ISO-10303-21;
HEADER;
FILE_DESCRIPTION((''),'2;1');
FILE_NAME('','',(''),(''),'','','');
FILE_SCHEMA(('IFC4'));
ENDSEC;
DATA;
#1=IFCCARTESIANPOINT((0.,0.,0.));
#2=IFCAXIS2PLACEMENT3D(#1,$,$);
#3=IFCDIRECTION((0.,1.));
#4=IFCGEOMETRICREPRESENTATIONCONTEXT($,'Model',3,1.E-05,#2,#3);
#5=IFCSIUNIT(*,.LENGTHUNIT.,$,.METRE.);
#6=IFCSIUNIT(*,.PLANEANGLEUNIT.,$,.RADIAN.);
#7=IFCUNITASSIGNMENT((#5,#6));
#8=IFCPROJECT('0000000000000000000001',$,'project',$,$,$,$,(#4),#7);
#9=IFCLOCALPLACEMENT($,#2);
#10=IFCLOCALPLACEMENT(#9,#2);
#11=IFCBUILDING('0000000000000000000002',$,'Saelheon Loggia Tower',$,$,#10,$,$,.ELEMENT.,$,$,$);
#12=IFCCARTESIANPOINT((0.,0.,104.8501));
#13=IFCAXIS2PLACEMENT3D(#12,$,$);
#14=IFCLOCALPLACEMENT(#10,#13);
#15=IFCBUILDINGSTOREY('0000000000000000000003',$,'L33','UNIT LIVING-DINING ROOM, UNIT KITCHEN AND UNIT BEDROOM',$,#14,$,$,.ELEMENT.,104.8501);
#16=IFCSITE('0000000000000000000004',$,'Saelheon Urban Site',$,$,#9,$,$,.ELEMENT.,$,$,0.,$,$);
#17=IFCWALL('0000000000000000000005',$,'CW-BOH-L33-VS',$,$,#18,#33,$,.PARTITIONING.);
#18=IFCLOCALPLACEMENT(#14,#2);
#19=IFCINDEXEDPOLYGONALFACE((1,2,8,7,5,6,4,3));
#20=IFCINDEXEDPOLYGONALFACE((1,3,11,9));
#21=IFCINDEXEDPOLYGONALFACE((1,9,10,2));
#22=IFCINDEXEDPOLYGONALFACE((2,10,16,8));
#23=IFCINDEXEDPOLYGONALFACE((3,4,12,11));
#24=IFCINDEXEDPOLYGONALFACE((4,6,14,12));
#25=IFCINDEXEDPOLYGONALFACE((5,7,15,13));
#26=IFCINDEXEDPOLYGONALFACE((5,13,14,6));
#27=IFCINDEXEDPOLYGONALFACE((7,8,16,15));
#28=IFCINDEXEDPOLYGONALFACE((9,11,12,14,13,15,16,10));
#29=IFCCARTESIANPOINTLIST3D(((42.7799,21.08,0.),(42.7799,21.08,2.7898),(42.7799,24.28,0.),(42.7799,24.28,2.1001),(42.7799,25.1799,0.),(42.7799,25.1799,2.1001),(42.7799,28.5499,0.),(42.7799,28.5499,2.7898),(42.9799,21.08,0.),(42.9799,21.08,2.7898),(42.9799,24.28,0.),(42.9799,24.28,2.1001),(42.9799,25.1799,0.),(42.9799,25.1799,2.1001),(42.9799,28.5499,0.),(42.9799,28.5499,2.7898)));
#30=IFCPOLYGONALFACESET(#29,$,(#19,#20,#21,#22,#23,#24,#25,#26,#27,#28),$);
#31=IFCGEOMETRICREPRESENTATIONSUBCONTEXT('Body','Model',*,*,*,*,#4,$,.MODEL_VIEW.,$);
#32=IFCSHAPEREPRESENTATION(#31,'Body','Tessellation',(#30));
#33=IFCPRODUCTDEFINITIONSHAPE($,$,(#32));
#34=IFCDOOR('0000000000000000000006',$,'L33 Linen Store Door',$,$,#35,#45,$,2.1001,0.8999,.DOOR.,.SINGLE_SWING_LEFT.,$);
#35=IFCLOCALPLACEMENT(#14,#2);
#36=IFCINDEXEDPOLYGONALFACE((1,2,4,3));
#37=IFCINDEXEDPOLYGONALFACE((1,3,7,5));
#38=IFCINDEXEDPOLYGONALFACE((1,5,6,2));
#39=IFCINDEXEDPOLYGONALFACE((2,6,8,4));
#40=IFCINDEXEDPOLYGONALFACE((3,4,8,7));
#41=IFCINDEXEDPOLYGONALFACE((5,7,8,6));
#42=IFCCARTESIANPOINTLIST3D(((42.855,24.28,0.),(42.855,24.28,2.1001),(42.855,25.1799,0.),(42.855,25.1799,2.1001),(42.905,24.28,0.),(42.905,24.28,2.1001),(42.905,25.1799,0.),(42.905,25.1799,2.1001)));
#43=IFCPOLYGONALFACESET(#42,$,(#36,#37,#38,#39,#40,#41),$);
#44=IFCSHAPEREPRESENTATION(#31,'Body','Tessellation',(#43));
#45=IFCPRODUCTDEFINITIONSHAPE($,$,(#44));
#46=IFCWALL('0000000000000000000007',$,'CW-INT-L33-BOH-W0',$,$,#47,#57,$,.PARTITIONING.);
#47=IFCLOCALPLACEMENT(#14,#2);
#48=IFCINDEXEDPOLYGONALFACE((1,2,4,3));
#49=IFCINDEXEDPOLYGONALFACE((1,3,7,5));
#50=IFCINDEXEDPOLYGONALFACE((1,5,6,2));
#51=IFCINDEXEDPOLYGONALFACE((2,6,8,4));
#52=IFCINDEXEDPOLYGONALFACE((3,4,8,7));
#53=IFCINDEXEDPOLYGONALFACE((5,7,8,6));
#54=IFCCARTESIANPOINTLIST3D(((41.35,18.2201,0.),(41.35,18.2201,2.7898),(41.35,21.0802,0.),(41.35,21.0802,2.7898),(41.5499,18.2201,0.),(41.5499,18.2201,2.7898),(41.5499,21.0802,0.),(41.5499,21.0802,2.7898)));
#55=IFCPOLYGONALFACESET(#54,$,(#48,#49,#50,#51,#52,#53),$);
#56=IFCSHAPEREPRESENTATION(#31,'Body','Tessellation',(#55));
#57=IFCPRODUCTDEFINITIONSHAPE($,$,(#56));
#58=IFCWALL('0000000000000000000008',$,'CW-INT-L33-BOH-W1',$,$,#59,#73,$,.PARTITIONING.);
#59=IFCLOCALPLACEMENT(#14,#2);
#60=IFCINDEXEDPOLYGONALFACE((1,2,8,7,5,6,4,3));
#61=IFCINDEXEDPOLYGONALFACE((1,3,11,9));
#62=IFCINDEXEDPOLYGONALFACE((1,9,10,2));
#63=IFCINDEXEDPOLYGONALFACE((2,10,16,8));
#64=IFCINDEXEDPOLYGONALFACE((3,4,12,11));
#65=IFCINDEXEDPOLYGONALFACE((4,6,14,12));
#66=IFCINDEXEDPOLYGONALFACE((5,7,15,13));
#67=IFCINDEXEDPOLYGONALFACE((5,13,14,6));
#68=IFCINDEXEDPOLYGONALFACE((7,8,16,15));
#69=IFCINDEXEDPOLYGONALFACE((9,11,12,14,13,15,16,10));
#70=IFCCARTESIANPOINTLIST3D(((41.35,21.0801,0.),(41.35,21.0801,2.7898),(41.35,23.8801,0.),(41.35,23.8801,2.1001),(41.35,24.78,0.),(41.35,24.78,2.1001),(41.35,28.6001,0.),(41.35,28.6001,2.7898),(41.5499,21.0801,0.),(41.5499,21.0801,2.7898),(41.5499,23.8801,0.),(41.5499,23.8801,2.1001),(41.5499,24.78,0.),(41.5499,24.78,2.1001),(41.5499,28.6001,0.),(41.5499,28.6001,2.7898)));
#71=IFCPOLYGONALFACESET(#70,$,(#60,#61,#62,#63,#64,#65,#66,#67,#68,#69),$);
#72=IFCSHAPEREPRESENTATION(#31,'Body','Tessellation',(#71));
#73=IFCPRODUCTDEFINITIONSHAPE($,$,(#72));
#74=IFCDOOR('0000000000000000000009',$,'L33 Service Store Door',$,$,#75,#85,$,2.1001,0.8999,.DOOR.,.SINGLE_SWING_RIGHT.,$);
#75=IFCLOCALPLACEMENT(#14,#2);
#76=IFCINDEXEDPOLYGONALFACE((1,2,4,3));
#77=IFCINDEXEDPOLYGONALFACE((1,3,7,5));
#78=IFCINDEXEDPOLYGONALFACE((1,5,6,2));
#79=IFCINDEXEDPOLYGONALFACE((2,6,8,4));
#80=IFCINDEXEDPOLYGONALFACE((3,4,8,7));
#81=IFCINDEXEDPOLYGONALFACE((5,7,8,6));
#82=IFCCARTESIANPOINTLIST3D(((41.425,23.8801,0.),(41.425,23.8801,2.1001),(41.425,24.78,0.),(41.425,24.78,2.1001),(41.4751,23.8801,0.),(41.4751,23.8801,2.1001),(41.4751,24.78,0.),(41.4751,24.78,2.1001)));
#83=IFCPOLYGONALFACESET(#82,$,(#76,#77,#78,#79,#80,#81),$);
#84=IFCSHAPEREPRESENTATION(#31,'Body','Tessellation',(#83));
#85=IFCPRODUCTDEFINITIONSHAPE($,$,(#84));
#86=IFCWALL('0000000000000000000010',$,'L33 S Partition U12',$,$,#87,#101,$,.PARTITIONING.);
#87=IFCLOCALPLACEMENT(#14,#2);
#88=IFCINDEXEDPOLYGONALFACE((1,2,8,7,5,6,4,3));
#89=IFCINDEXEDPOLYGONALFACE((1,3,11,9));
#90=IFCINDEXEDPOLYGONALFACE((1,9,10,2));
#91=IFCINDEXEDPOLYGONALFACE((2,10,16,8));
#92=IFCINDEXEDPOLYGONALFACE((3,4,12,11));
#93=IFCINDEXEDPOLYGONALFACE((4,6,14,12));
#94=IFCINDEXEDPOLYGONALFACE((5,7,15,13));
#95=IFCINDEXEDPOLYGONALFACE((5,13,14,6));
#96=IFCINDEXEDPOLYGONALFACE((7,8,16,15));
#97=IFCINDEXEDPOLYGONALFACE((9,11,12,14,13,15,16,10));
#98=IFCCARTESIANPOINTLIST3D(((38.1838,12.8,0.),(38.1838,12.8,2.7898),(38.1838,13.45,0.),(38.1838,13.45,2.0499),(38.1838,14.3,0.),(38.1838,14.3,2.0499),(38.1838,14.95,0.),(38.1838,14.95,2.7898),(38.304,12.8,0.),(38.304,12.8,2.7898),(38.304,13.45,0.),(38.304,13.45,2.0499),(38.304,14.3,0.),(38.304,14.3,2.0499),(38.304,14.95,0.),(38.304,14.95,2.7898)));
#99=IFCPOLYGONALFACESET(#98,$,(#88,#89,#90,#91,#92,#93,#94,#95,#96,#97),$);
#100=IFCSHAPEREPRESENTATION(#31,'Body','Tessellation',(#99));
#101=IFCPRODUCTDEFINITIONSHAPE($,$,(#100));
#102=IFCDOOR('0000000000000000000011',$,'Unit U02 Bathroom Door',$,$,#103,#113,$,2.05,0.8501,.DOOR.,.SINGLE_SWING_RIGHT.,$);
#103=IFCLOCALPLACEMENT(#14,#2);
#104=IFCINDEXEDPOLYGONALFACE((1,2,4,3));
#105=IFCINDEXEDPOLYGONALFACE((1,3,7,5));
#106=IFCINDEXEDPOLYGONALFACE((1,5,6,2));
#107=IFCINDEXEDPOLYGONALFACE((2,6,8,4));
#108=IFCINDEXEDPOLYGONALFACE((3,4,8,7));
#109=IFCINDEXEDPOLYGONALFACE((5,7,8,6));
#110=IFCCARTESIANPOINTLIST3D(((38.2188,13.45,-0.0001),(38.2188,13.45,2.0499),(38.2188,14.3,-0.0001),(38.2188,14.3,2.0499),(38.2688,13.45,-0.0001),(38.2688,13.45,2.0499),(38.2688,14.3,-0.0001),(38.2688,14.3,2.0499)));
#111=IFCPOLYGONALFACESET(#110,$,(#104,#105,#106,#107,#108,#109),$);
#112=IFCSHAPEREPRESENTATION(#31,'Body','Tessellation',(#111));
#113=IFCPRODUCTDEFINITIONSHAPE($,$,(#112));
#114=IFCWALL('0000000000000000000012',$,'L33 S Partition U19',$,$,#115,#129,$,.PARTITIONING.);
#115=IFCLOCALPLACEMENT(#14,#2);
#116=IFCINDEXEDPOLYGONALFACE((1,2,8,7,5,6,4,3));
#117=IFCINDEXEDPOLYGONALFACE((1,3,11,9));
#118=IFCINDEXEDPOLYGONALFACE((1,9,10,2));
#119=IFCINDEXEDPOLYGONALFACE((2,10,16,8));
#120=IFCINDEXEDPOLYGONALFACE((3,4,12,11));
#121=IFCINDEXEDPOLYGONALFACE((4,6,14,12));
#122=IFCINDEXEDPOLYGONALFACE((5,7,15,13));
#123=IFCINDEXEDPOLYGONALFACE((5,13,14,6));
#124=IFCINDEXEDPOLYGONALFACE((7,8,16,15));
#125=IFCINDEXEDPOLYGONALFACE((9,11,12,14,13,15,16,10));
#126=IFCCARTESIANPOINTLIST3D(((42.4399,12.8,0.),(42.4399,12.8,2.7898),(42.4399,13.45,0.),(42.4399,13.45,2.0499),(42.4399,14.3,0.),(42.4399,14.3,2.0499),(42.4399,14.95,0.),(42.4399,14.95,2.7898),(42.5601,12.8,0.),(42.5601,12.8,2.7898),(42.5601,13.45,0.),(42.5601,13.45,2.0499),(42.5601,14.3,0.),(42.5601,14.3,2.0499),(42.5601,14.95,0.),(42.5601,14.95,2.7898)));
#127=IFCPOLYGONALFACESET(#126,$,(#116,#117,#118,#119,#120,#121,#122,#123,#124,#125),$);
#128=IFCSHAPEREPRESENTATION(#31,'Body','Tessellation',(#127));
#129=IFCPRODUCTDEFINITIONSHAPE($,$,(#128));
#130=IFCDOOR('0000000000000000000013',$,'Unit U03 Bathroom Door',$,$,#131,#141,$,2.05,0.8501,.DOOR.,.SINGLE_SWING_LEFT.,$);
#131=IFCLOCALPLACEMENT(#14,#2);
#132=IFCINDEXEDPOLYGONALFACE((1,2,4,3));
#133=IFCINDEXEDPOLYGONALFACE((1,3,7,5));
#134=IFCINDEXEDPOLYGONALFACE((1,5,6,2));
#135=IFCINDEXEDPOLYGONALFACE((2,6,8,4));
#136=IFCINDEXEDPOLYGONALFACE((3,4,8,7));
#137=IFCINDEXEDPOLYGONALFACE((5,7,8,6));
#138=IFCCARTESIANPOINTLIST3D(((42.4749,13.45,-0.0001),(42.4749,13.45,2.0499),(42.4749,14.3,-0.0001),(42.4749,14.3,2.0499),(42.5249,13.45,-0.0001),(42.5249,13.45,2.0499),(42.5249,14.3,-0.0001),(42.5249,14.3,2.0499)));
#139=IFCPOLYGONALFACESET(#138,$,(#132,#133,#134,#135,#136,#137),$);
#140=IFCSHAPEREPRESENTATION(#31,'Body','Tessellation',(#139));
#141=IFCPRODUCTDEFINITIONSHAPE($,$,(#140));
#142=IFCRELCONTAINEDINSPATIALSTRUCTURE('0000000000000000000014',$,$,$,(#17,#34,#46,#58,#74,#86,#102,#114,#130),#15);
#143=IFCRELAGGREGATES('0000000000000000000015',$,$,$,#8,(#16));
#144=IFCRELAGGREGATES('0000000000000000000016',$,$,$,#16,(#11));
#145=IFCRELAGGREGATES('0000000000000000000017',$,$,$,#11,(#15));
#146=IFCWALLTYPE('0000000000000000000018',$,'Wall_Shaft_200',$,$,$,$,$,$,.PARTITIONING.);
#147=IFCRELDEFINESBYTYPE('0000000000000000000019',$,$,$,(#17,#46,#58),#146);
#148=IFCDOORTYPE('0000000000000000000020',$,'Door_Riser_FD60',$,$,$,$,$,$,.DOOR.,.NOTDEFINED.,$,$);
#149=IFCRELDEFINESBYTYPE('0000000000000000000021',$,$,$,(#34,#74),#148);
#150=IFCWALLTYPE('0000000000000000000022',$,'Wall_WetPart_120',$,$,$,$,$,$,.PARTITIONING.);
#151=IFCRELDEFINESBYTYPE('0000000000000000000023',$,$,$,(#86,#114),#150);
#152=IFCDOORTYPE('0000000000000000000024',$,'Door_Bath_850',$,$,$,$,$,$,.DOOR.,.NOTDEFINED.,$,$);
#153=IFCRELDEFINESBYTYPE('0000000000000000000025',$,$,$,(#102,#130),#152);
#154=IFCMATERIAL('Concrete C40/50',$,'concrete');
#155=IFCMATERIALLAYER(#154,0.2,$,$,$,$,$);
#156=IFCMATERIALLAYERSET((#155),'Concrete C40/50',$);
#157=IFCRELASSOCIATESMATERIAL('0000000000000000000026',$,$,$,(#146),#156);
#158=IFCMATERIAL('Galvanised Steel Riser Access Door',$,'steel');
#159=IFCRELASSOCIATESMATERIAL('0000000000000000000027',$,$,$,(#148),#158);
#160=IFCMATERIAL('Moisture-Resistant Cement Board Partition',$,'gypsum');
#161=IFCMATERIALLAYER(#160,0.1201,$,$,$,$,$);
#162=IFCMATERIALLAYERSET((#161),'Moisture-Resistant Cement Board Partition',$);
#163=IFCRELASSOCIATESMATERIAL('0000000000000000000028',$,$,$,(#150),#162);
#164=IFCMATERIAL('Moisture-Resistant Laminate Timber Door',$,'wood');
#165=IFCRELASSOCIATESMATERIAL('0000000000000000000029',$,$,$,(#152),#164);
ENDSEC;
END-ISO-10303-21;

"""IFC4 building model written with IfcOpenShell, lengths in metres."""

from ifc_helpers import new_model, si_unit, direction, frame, frame_2d, origin, place, context, subcontext, project, spatial, rectangle, extrude, source, transform, mapped, material, layer, layer_set, type_object, element, fill, save


model = new_model("IFC4")

# Units and contexts
model_context = context("Model", 3, precision=1e-05, world=origin(), true_north=direction((0.0, 1.0)))
body_context = subcontext(model_context, "Body", "Model", "MODEL_VIEW")
ifc_project = project(units=[si_unit("LENGTHUNIT", "METRE"), si_unit("PLANEANGLEUNIT", "RADIAN")], contexts=[model_context])

# Site, building, storey
site_placement = place(None, origin())
site = spatial("IfcSite", under=ifc_project, at=site_placement, Name="Saelheon Urban Site", CompositionType="ELEMENT", RefElevation=0.0)
building_placement = place(site_placement, origin())
building = spatial("IfcBuilding", under=site, at=building_placement, Name="Saelheon Loggia Tower", CompositionType="ELEMENT")
storey_placement = place(building_placement, frame((0.0, 0.0, 104.8501)))
storey = spatial("IfcBuildingStorey", under=building, at=storey_placement, Name="L33", Description="UNIT LIVING-DINING ROOM, UNIT KITCHEN AND UNIT BEDROOM", CompositionType="ELEMENT", Elevation=104.8501)

# Shared definitions
ifc_material_1 = material(Name="Concrete C40/50", Category="concrete")

# Shared definitions
ifc_layer_1 = layer(ifc_material_1, 0.2)
ifc_layer_set_1 = layer_set([ifc_layer_1], Name="Concrete C40/50")
wall_type_1 = type_object("IfcWallType", Name="Wall_Shaft_200", PredefinedType="PARTITIONING", material=ifc_layer_set_1)

# Wall, opening, door
wall_1_placement = place(storey_placement, frame((42.8799, 21.0801, 0.0), z_axis=(0.0, 0.0, 1.0), x_axis=(0.0, 1.0, 0.0)))
wall_1 = element("IfcWall", 1, at=wall_1_placement, inside=storey, type_object=wall_type_1, Name="CW-BOH-L33-VS", PredefinedType="PARTITIONING", context=body_context, shape_type="SweptSolid", body=[
    extrude(rectangle(XDim=7.47, YDim=0.2, at=frame_2d((3.7349, 0.0))), origin(), (0.0, 0.0, 1.0), 2.7898),
])
opening_1_placement = place(wall_1_placement, frame((3.2, 0.0, 0.0)))
opening_1 = element("IfcOpeningElement", 2, at=opening_1_placement, cuts=wall_1, PredefinedType="OPENING", context=body_context, shape_type="SweptSolid", body=[
    extrude(rectangle(XDim=0.8999, YDim=2.1001, at=frame_2d((0.45, 1.05))), frame((0.0, 0.1121, 0.0), z_axis=(0.0, -1.0, 0.0), x_axis=(1.0, 0.0, 0.0)), (0.0, 0.0, 1.0), 0.2239),
])
ifc_material_2 = material(Name="Galvanised Steel Riser Access Door", Category="steel")
door_type_1 = type_object("IfcDoorType", Name="Door_Riser_FD60", OperationType="NOTDEFINED", PredefinedType="DOOR", material=ifc_material_2)
shared_shape_1 = source(origin(), body_context, "Body", "SweptSolid", [
    extrude(rectangle(XDim=0.8999, YDim=2.1001, at=frame_2d((0.45, 1.05))), frame((0.0, 0.0249, 0.0), z_axis=(0.0, -1.0, 0.0), x_axis=(1.0, 0.0, 0.0)), (0.0, 0.0, 1.0), 0.05),
])
door_1_placement = place(opening_1_placement, origin())
door_1 = element("IfcDoor", 3, at=door_1_placement, inside=storey, type_object=door_type_1, Name="L33 Linen Store Door", OperationType="SINGLE_SWING_LEFT", OverallHeight=2.1001, OverallWidth=0.8999, PredefinedType="DOOR", context=body_context, shape_type="MappedRepresentation", body=[
    mapped(shared_shape_1, transform((0.0, 0.0, 0.0), scale=1.0)),
])
fill(opening_1, door_1)

# Wall
wall_2_placement = place(storey_placement, frame((41.45, 18.22, 0.0), z_axis=(0.0, 0.0, 1.0), x_axis=(0.0, 1.0, 0.0)))
element("IfcWall", 4, at=wall_2_placement, inside=storey, type_object=wall_type_1, Name="CW-INT-L33-BOH-W0", PredefinedType="PARTITIONING", context=body_context, shape_type="SweptSolid", body=[
    extrude(rectangle(XDim=2.8601, YDim=0.2, at=frame_2d((1.4302, 0.0))), origin(), (0.0, 0.0, 1.0), 2.7898),
])

# Walls, openings, doors
wall_3_placement = place(storey_placement, frame((41.45, 21.0801, 0.0), z_axis=(0.0, 0.0, 1.0), x_axis=(0.0, 1.0, 0.0)))
wall_3 = element("IfcWall", 5, at=wall_3_placement, inside=storey, type_object=wall_type_1, Name="CW-INT-L33-BOH-W1", PredefinedType="PARTITIONING", context=body_context, shape_type="SweptSolid", body=[
    extrude(rectangle(XDim=7.52, YDim=0.2, at=frame_2d((3.76, 0.0))), origin(), (0.0, 0.0, 1.0), 2.7898),
])
opening_2_placement = place(wall_3_placement, frame((2.8, 0.0, 0.0)))
opening_2 = element("IfcOpeningElement", 6, at=opening_2_placement, cuts=wall_3, PredefinedType="OPENING", context=body_context, shape_type="SweptSolid", body=[
    extrude(rectangle(XDim=0.8999, YDim=2.1001, at=frame_2d((0.45, 1.05))), frame((0.0, 0.1121, 0.0), z_axis=(0.0, -1.0, 0.0), x_axis=(1.0, 0.0, 0.0)), (0.0, 0.0, 1.0), 0.2239),
])
door_2_placement = place(opening_2_placement, origin())
door_2 = element("IfcDoor", 7, at=door_2_placement, inside=storey, type_object=door_type_1, Name="L33 Service Store Door", OperationType="SINGLE_SWING_RIGHT", OverallHeight=2.1001, OverallWidth=0.8999, PredefinedType="DOOR", context=body_context, shape_type="MappedRepresentation", body=[
    mapped(shared_shape_1, transform((0.0, 0.0, 0.0), scale=1.0)),
])
fill(opening_2, door_2)
ifc_material_3 = material(Name="Moisture-Resistant Cement Board Partition", Category="gypsum")
ifc_layer_2 = layer(ifc_material_3, 0.1201)
ifc_layer_set_2 = layer_set([ifc_layer_2], Name="Moisture-Resistant Cement Board Partition")
wall_type_2 = type_object("IfcWallType", Name="Wall_WetPart_120", PredefinedType="PARTITIONING", material=ifc_layer_set_2)
wall_4_placement = place(storey_placement, frame((38.2439, 14.95, 0.0), z_axis=(0.0, 0.0, 1.0), x_axis=(0.0, -1.0, 0.0)))
wall_4 = element("IfcWall", 8, at=wall_4_placement, inside=storey, type_object=wall_type_2, Name="L33 S Partition U12", PredefinedType="PARTITIONING", context=body_context, shape_type="SweptSolid", body=[
    extrude(rectangle(XDim=2.1499, YDim=0.1201, at=frame_2d((1.075, 0.0))), origin(), (0.0, 0.0, 1.0), 2.7898),
])
opening_3_placement = place(wall_4_placement, frame((0.6499, 0.0, 0.0)))
opening_3 = element("IfcOpeningElement", 9, at=opening_3_placement, cuts=wall_4, PredefinedType="OPENING", context=body_context, shape_type="SweptSolid", body=[
    extrude(rectangle(XDim=0.8501, YDim=2.05, at=frame_2d((0.425, 1.0249))), frame((0.0, 0.072, 0.0), z_axis=(0.0, -1.0, 0.0), x_axis=(1.0, 0.0, 0.0)), (0.0, 0.0, 1.0), 0.144),
])
ifc_material_4 = material(Name="Moisture-Resistant Laminate Timber Door", Category="wood")
door_type_2 = type_object("IfcDoorType", Name="Door_Bath_850", OperationType="NOTDEFINED", PredefinedType="DOOR", material=ifc_material_4)
shared_shape_2 = source(origin(), body_context, "Body", "SweptSolid", [
    extrude(rectangle(XDim=0.8501, YDim=2.05, at=frame_2d((0.425, 1.0249))), frame((0.0, 0.0249, 0.0), z_axis=(0.0, -1.0, 0.0), x_axis=(1.0, 0.0, 0.0)), (0.0, 0.0, 1.0), 0.05),
])
door_3_placement = place(opening_3_placement, origin())
door_3 = element("IfcDoor", 10, at=door_3_placement, inside=storey, type_object=door_type_2, Name="Unit U02 Bathroom Door", OperationType="SINGLE_SWING_RIGHT", OverallHeight=2.05, OverallWidth=0.8501, PredefinedType="DOOR", context=body_context, shape_type="MappedRepresentation", body=[
    mapped(shared_shape_2, transform((0.0, 0.0, 0.0), scale=1.0)),
])
fill(opening_3, door_3)
wall_5_placement = place(storey_placement, frame((42.5, 14.95, 0.0), z_axis=(0.0, 0.0, 1.0), x_axis=(0.0, -1.0, 0.0)))
wall_5 = element("IfcWall", 11, at=wall_5_placement, inside=storey, type_object=wall_type_2, Name="L33 S Partition U19", PredefinedType="PARTITIONING", context=body_context, shape_type="SweptSolid", body=[
    extrude(rectangle(XDim=2.1499, YDim=0.1201, at=frame_2d((1.075, 0.0))), origin(), (0.0, 0.0, 1.0), 2.7898),
])
opening_4_placement = place(wall_5_placement, frame((0.6499, 0.0, 0.0)))
opening_4 = element("IfcOpeningElement", 12, at=opening_4_placement, cuts=wall_5, PredefinedType="OPENING", context=body_context, shape_type="SweptSolid", body=[
    extrude(rectangle(XDim=0.8501, YDim=2.05, at=frame_2d((0.425, 1.0249))), frame((0.0, 0.072, 0.0), z_axis=(0.0, -1.0, 0.0), x_axis=(1.0, 0.0, 0.0)), (0.0, 0.0, 1.0), 0.144),
])
door_4_placement = place(opening_4_placement, origin())
door_4 = element("IfcDoor", 13, at=door_4_placement, inside=storey, type_object=door_type_2, Name="Unit U03 Bathroom Door", OperationType="SINGLE_SWING_LEFT", OverallHeight=2.05, OverallWidth=0.8501, PredefinedType="DOOR", context=body_context, shape_type="MappedRepresentation", body=[
    mapped(shared_shape_2, transform((0.0, 0.0, 0.0), scale=1.0)),
])
fill(opening_4, door_4)

save(model, "model.ifc")
